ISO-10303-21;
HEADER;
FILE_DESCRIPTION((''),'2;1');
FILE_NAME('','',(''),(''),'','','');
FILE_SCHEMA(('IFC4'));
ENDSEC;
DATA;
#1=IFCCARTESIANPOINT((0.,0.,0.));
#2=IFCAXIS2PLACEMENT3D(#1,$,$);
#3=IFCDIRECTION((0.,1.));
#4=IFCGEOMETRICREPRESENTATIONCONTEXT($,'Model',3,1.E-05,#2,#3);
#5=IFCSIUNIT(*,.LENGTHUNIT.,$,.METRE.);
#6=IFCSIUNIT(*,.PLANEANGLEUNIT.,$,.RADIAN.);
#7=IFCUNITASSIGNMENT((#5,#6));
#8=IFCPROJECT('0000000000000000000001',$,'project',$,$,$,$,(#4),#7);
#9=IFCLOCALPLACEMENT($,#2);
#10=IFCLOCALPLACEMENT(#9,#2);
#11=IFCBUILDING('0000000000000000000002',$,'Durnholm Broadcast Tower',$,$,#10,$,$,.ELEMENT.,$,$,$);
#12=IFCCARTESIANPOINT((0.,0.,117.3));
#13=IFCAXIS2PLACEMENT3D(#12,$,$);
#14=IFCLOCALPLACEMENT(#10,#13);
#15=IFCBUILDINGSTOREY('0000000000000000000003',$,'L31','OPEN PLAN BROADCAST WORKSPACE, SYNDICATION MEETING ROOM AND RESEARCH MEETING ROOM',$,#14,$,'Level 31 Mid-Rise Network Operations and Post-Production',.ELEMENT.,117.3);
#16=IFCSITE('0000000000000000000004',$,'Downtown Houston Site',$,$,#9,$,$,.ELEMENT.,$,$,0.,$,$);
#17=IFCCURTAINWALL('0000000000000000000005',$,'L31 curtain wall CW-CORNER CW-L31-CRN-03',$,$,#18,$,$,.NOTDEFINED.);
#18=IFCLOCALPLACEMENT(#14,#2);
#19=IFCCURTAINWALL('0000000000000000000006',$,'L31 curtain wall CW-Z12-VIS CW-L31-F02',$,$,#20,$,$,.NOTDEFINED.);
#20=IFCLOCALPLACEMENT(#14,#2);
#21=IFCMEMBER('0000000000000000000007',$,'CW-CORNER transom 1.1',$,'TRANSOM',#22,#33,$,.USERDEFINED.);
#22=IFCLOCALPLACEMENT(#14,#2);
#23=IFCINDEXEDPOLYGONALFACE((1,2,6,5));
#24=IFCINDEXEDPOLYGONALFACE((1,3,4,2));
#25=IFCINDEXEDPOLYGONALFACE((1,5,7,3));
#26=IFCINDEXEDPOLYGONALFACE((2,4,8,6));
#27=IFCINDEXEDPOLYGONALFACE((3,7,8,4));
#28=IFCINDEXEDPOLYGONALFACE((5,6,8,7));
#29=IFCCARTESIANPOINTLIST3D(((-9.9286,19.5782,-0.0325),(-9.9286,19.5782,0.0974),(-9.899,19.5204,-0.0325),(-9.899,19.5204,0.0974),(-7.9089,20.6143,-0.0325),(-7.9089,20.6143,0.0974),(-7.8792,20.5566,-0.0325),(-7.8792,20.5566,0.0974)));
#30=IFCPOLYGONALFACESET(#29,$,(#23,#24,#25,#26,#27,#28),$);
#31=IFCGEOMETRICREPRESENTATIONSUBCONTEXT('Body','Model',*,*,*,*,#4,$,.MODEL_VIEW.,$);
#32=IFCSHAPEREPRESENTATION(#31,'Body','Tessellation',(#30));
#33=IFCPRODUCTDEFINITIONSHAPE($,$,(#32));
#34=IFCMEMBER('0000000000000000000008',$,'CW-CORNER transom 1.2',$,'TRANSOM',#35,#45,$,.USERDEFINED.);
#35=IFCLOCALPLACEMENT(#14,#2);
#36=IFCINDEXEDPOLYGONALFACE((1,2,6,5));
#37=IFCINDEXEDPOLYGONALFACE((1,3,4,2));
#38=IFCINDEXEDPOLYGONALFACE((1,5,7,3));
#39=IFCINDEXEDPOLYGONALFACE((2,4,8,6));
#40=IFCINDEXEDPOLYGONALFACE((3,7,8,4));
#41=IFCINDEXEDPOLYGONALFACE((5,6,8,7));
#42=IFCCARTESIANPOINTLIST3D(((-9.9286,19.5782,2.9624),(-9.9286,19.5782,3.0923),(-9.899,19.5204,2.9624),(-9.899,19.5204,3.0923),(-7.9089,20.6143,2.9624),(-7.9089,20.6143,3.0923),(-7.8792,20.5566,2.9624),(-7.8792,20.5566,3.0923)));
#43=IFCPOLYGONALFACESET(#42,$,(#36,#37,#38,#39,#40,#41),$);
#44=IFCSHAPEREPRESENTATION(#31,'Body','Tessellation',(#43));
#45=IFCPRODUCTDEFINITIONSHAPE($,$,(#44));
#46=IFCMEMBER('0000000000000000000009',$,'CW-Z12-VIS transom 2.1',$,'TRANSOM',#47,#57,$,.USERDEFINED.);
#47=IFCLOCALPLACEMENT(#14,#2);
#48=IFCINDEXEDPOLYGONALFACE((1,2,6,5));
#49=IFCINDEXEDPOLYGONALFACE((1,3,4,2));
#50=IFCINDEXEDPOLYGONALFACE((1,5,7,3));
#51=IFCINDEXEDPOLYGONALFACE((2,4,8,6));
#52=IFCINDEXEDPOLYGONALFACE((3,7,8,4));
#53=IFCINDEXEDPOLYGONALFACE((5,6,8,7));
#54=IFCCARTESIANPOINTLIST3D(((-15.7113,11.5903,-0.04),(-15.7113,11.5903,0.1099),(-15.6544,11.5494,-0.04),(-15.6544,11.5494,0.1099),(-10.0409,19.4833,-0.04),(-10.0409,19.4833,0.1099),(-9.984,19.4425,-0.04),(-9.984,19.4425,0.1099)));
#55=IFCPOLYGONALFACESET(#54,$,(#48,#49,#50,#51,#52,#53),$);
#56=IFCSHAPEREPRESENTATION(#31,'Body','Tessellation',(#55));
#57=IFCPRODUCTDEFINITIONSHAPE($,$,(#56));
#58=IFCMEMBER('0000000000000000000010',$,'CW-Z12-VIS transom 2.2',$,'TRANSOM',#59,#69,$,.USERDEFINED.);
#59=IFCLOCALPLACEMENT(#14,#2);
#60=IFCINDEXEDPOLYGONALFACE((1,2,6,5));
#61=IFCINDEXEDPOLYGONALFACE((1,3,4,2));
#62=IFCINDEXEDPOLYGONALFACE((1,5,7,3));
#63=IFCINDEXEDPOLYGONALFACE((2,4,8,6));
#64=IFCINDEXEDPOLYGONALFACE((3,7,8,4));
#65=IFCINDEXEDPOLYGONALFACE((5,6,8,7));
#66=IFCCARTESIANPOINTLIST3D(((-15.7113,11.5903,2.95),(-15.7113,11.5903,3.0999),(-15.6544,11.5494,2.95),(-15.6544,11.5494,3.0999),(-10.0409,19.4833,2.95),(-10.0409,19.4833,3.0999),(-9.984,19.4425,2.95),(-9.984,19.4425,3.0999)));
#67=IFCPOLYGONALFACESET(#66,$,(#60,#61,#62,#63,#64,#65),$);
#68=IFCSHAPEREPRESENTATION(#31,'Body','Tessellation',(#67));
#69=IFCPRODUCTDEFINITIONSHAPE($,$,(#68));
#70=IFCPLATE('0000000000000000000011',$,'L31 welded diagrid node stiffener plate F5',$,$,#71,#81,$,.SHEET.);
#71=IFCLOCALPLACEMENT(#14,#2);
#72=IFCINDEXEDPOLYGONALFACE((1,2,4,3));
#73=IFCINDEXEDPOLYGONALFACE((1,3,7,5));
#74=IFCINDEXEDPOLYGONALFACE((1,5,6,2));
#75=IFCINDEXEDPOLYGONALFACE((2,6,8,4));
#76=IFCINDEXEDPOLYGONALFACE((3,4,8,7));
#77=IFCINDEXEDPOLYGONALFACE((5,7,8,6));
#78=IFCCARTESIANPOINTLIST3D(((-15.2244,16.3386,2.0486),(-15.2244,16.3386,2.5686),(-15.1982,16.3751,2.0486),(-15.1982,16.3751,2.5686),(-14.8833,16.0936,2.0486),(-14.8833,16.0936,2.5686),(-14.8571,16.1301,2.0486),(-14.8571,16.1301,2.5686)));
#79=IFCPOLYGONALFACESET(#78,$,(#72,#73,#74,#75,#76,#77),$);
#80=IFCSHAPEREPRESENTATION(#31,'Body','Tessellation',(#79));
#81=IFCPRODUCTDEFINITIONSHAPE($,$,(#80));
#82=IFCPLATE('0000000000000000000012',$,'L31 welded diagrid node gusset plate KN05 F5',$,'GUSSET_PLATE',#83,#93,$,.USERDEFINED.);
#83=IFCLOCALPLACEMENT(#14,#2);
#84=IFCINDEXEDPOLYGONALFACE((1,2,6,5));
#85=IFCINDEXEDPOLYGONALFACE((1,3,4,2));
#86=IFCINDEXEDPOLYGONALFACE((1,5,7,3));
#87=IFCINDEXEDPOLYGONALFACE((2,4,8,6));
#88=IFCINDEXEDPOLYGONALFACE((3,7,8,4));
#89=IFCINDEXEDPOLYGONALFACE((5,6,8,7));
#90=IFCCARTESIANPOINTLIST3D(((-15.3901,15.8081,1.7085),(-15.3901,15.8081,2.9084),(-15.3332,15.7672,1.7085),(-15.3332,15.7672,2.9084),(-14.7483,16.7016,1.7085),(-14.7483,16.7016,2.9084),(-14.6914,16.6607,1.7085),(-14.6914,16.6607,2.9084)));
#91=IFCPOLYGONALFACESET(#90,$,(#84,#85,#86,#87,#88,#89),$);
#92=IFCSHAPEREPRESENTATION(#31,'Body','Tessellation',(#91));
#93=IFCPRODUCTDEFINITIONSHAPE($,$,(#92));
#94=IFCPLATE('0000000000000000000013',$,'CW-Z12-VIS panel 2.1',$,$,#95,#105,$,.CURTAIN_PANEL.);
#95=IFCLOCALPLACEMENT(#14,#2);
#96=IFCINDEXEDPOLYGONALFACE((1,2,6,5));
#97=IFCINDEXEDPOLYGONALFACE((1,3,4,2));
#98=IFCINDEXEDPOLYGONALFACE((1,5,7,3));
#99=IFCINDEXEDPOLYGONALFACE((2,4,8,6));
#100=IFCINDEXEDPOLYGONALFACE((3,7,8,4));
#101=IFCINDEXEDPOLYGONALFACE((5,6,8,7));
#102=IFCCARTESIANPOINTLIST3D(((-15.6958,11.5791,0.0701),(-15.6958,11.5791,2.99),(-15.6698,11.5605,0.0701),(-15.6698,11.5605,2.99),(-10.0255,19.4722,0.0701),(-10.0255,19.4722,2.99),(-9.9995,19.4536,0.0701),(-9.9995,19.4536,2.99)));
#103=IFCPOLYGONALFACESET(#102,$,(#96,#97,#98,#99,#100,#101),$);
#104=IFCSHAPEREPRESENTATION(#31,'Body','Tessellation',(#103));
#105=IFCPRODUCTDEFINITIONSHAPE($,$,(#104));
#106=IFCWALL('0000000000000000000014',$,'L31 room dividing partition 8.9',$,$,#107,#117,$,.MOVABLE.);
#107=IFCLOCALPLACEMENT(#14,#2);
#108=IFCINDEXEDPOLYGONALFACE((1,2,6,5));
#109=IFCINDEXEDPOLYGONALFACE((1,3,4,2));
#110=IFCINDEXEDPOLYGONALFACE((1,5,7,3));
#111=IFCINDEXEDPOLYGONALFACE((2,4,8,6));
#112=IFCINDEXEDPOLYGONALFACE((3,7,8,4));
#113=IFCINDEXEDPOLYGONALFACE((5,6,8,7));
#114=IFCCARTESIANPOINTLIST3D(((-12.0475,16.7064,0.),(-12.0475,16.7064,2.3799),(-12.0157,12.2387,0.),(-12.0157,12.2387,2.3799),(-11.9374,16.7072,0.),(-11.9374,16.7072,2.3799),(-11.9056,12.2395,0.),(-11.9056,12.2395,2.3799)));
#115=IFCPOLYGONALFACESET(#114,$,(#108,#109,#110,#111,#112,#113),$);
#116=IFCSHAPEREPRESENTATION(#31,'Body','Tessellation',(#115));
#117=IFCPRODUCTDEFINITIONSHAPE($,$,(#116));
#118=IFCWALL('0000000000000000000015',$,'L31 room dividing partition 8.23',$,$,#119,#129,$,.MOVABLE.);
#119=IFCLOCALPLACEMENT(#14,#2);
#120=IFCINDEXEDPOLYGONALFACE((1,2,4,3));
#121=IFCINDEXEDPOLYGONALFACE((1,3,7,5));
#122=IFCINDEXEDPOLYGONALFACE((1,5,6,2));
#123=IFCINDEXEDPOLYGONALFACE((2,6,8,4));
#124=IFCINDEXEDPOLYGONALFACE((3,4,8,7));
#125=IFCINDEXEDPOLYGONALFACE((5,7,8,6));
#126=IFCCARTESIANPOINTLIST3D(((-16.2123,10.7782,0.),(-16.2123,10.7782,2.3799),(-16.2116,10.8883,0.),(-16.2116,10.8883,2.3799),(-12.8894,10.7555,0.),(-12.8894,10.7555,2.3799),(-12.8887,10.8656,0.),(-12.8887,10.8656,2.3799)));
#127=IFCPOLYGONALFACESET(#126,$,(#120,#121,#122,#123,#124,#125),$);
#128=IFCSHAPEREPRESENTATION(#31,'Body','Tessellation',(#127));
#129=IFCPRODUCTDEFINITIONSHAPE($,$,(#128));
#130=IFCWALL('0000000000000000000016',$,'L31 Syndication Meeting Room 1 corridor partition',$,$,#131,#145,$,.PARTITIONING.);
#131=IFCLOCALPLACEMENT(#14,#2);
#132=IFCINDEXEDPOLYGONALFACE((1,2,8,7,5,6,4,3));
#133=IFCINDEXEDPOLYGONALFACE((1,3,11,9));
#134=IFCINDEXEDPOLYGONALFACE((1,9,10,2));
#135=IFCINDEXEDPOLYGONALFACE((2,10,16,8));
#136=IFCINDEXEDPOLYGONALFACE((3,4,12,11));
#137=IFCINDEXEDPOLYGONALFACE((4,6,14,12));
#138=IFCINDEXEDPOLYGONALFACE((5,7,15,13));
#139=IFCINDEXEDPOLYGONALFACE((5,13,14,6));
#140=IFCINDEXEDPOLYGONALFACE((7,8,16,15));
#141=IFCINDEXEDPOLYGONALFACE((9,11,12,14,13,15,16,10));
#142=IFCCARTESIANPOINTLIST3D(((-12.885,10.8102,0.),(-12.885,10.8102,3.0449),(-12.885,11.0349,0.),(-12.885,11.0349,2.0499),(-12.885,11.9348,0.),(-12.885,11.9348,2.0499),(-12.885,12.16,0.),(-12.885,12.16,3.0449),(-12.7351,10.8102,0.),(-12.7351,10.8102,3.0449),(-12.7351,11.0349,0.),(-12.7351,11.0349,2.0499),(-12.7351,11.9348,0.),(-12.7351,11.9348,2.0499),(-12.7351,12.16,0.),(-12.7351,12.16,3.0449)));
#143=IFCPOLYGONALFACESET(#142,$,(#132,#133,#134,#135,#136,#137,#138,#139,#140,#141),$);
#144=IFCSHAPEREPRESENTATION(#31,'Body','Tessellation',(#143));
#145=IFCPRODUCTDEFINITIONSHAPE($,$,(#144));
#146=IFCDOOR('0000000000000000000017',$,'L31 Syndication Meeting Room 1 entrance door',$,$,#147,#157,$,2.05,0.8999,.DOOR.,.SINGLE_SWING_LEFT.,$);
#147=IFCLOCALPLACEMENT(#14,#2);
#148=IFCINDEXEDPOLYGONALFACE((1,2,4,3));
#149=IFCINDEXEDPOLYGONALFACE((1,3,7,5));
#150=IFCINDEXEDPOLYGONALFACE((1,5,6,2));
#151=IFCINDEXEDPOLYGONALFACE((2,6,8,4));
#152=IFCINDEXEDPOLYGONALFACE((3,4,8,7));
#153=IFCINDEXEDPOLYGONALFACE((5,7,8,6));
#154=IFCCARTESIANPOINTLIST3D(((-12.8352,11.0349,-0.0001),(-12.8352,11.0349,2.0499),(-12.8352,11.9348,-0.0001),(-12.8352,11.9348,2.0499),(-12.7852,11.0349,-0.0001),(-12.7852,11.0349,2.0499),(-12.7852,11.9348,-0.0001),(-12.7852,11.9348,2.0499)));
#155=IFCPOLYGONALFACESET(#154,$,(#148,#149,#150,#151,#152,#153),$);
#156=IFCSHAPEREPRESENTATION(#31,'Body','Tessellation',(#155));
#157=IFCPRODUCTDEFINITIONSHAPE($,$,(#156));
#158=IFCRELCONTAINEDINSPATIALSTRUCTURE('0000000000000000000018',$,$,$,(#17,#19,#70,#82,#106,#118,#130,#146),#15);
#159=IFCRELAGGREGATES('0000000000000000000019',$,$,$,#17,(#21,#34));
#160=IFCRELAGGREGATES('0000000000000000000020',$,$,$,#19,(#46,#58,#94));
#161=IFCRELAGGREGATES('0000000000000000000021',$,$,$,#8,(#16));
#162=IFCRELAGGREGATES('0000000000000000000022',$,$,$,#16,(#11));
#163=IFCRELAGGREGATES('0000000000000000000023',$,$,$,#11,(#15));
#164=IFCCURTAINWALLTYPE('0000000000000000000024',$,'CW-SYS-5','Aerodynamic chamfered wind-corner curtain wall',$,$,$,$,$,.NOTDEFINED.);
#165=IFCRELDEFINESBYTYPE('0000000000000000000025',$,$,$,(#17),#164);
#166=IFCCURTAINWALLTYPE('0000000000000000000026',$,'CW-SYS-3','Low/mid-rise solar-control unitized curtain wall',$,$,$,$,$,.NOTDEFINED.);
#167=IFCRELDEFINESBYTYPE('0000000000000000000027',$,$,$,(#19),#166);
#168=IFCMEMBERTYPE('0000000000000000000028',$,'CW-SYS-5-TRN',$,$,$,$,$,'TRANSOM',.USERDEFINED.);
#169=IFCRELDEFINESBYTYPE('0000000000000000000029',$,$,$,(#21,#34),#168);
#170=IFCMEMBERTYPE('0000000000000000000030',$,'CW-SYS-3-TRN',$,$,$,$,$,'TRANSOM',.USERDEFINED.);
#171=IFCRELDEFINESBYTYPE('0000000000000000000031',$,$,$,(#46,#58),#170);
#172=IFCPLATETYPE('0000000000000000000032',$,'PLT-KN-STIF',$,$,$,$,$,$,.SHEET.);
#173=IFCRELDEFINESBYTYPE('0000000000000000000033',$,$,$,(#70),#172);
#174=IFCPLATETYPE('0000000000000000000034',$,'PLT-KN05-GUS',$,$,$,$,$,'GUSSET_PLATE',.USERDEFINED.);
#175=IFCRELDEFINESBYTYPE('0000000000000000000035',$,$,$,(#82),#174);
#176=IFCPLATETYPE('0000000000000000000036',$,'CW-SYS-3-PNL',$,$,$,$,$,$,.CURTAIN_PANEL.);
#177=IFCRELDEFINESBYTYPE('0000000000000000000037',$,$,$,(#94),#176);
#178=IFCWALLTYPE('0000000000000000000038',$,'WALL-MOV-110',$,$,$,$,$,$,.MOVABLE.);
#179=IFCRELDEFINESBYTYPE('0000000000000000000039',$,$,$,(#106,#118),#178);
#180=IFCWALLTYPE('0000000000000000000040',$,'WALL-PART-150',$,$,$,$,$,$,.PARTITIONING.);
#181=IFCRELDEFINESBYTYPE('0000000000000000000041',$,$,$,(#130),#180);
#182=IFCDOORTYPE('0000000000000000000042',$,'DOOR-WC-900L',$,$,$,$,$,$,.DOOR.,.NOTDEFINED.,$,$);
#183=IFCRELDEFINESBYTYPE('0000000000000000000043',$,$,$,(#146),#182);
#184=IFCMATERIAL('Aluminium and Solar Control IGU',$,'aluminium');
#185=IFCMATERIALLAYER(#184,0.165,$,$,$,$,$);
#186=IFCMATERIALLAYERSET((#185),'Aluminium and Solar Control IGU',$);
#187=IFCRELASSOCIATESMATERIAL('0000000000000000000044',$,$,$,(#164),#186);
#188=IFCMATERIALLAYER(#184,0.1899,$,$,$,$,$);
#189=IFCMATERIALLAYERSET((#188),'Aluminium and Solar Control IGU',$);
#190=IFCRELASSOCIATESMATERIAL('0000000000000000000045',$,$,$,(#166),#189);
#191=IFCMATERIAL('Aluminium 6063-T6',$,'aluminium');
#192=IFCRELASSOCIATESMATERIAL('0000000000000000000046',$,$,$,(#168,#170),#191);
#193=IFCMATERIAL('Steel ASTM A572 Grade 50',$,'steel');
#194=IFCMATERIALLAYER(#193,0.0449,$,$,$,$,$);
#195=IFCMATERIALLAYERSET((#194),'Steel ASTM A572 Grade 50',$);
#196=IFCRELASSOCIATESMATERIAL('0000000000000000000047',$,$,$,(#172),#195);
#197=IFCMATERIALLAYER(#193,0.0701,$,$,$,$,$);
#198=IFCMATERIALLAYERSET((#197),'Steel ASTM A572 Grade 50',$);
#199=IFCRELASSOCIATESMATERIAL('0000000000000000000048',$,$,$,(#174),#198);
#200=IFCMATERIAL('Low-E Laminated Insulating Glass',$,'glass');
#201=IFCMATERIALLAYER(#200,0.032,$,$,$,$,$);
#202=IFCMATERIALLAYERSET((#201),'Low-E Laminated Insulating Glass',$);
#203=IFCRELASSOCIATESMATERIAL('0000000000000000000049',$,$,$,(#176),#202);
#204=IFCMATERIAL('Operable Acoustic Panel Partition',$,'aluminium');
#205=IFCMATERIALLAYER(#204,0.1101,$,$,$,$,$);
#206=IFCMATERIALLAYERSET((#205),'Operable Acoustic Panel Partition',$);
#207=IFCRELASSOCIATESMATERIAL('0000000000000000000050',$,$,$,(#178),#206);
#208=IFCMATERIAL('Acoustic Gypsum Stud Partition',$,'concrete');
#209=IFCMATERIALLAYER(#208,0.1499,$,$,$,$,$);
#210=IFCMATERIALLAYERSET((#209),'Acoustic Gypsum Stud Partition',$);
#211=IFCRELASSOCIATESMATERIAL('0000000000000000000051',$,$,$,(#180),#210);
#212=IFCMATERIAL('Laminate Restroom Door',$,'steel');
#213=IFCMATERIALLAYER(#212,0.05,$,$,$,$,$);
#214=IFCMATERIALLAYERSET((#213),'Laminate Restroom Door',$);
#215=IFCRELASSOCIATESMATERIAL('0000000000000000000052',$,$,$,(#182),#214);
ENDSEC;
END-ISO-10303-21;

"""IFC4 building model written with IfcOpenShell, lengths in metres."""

from ifc_helpers import new_model, si_unit, direction, frame, frame_2d, origin, origin_2d, place, context, subcontext, project, spatial, rectangle, extrude, source, transform, mapped, material, layer, layer_set, material_profile, profile_set, type_object, type_shapes, element, fill, aggregate, save


model = new_model("IFC4")

# Units and contexts
model_context = context("Model", 3, precision=1e-05, world=origin(), true_north=direction((0.0, 1.0)))
body_context = subcontext(model_context, "Body", "Model", "MODEL_VIEW")
ifc_project = project(units=[si_unit("LENGTHUNIT", "METRE"), si_unit("PLANEANGLEUNIT", "RADIAN")], contexts=[model_context])

# Site, building, storey
site_placement = place(None, origin())
site = spatial("IfcSite", under=ifc_project, at=site_placement, Name="Downtown Houston Site", CompositionType="ELEMENT", RefElevation=0.0)
building_placement = place(site_placement, origin())
building = spatial("IfcBuilding", under=site, at=building_placement, Name="Durnholm Broadcast Tower", CompositionType="ELEMENT")
storey_placement = place(building_placement, frame((0.0, 0.0, 117.3)))
storey = spatial("IfcBuildingStorey", under=building, at=storey_placement, Name="L31", Description="OPEN PLAN BROADCAST WORKSPACE, SYNDICATION MEETING ROOM AND RESEARCH MEETING ROOM", LongName="Level 31 Mid-Rise Network Operations and Post-Production", CompositionType="ELEMENT", Elevation=117.3)

# Curtain wall
ifc_material_1 = material(Name="Aluminium and Solar Control IGU", Category="aluminium")
ifc_layer_1 = layer(ifc_material_1, 0.165)
ifc_layer_set_1 = layer_set([ifc_layer_1], Name="Aluminium and Solar Control IGU")
curtain_wall_type_1 = type_object("IfcCurtainWallType", Name="CW-SYS-5", Description="Aerodynamic chamfered wind-corner curtain wall", PredefinedType="NOTDEFINED", material=ifc_layer_set_1)
curtain_wall_1_placement = place(storey_placement, origin())
curtain_wall_1 = element("IfcCurtainWall", 1, at=curtain_wall_1_placement, inside=storey, type_object=curtain_wall_type_1, Name="L31 curtain wall CW-CORNER CW-L31-CRN-03", PredefinedType="NOTDEFINED")
ifc_material_2 = material(Name="Aluminium 6063-T6", Category="aluminium")

# Curtain wall
ifc_layer_2 = layer(ifc_material_1, 0.1899)
ifc_layer_set_2 = layer_set([ifc_layer_2], Name="Aluminium and Solar Control IGU")
curtain_wall_type_2 = type_object("IfcCurtainWallType", Name="CW-SYS-3", Description="Low/mid-rise solar-control unitized curtain wall", PredefinedType="NOTDEFINED", material=ifc_layer_set_2)
curtain_wall_2_placement = place(storey_placement, origin())
curtain_wall_2 = element("IfcCurtainWall", 2, at=curtain_wall_2_placement, inside=storey, type_object=curtain_wall_type_2, Name="L31 curtain wall CW-Z12-VIS CW-L31-F02", PredefinedType="NOTDEFINED")

# Members
ifc_material_profile_1 = material_profile(ifc_material_2, rectangle(XDim=0.0649, YDim=0.1299, at=origin_2d()), Name="CWT65X130")
ifc_profile_set_1 = profile_set([ifc_material_profile_1], Name="Aluminium 6063-T6")
member_type_1 = type_object("IfcMemberType", Name="CW-SYS-5-TRN", ElementType="TRANSOM", PredefinedType="USERDEFINED", material=ifc_profile_set_1)
shared_shape_1 = source(origin(), body_context, "Body", "SweptSolid", [
    extrude(rectangle(XDim=0.0649, YDim=0.1299, at=origin_2d()), origin(), (0.0, 0.0, 1.0), 2.27),
])
type_shapes(member_type_1, [shared_shape_1])
member_1_placement = place(storey_placement, frame((-9.9138, 19.5493, 0.0325), z_axis=(0.889755, 0.456439, 0.0), x_axis=(-0.456439, 0.889755, 0.0)))
member_1 = element("IfcMember", 3, at=member_1_placement, type_object=member_type_1, Name="CW-CORNER transom 1.1", ObjectType="TRANSOM", PredefinedType="USERDEFINED", context=body_context, shape_type="MappedRepresentation", body=[
    mapped(shared_shape_1, transform((0.0, 0.0, 0.0), x_axis=(1.0, 0.0, 0.0), y_axis=(0.0, 1.0, 0.0), z_axis=(0.0, 0.0, 1.0), scale=1.0)),
])
member_2_placement = place(storey_placement, frame((-9.9138, 19.5493, 3.0273), z_axis=(0.889755, 0.456439, 0.0), x_axis=(-0.456439, 0.889755, 0.0)))
member_2 = element("IfcMember", 4, at=member_2_placement, type_object=member_type_1, Name="CW-CORNER transom 1.2", ObjectType="TRANSOM", PredefinedType="USERDEFINED", context=body_context, shape_type="MappedRepresentation", body=[
    mapped(shared_shape_1, transform((0.0, 0.0, 0.0), x_axis=(1.0, 0.0, 0.0), y_axis=(0.0, 1.0, 0.0), z_axis=(0.0, 0.0, 1.0), scale=1.0)),
])
aggregate(curtain_wall_1, [member_1, member_2])
ifc_material_profile_2 = material_profile(ifc_material_2, rectangle(XDim=0.0701, YDim=0.1499, at=origin_2d()), Name="CWT70X150")
ifc_profile_set_2 = profile_set([ifc_material_profile_2], Name="Aluminium 6063-T6")
member_type_2 = type_object("IfcMemberType", Name="CW-SYS-3-TRN", ElementType="TRANSOM", PredefinedType="USERDEFINED", material=ifc_profile_set_2)
shared_shape_2 = source(origin(), body_context, "Body", "SweptSolid", [
    extrude(rectangle(XDim=0.0701, YDim=0.1499, at=origin_2d()), origin(), (0.0, 0.0, 1.0), 9.7188),
])
type_shapes(member_type_2, [shared_shape_2])
member_3_placement = place(storey_placement, frame((-15.6829, 11.5698, 0.0349), z_axis=(0.583451, 0.812149, 0.0), x_axis=(-0.812149, 0.583451, 0.0)))
member_3 = element("IfcMember", 5, at=member_3_placement, type_object=member_type_2, Name="CW-Z12-VIS transom 2.1", ObjectType="TRANSOM", PredefinedType="USERDEFINED", context=body_context, shape_type="MappedRepresentation", body=[
    mapped(shared_shape_2, transform((0.0, 0.0, 0.0), x_axis=(1.0, 0.0, 0.0), y_axis=(0.0, 1.0, 0.0), z_axis=(0.0, 0.0, 1.0), scale=1.0)),
])
member_4_placement = place(storey_placement, frame((-15.6829, 11.5698, 3.0249), z_axis=(0.583451, 0.812149, 0.0), x_axis=(-0.812149, 0.583451, 0.0)))
member_4 = element("IfcMember", 6, at=member_4_placement, type_object=member_type_2, Name="CW-Z12-VIS transom 2.2", ObjectType="TRANSOM", PredefinedType="USERDEFINED", context=body_context, shape_type="MappedRepresentation", body=[
    mapped(shared_shape_2, transform((0.0, 0.0, 0.0), x_axis=(1.0, 0.0, 0.0), y_axis=(0.0, 1.0, 0.0), z_axis=(0.0, 0.0, 1.0), scale=1.0)),
])

# Plates
ifc_material_3 = material(Name="Steel ASTM A572 Grade 50", Category="steel")
ifc_layer_3 = layer(ifc_material_3, 0.0449)
ifc_layer_set_3 = layer_set([ifc_layer_3], Name="Steel ASTM A572 Grade 50")
plate_type_1 = type_object("IfcPlateType", Name="PLT-KN-STIF", PredefinedType="SHEET", material=ifc_layer_set_3)
shared_shape_3 = source(origin(), body_context, "Body", "SweptSolid", [
    extrude(rectangle(XDim=0.0449, YDim=0.4199, at=origin_2d()), origin(), (0.0, 0.0, 1.0), 0.52),
])
type_shapes(plate_type_1, [shared_shape_3])
plate_1_placement = place(storey_placement, frame((-15.0408, 16.2344, 2.0486), z_axis=(0.0, 0.0, 1.0), x_axis=(-0.583399, -0.812185, 0.0)))
element("IfcPlate", 7, at=plate_1_placement, inside=storey, type_object=plate_type_1, Name="L31 welded diagrid node stiffener plate F5", PredefinedType="SHEET", context=body_context, shape_type="MappedRepresentation", body=[
    mapped(shared_shape_3, transform((0.0, 0.0, 0.0), x_axis=(1.0, 0.0, 0.0), y_axis=(0.0, 1.0, 0.0), z_axis=(0.0, 0.0, 1.0), scale=1.0)),
])
ifc_layer_4 = layer(ifc_material_3, 0.0701)
ifc_layer_set_4 = layer_set([ifc_layer_4], Name="Steel ASTM A572 Grade 50")
plate_type_2 = type_object("IfcPlateType", Name="PLT-KN05-GUS", ElementType="GUSSET_PLATE", PredefinedType="USERDEFINED", material=ifc_layer_set_4)
shared_shape_4 = source(origin(), body_context, "Body", "SweptSolid", [
    extrude(rectangle(XDim=1.1001, YDim=0.0701, at=origin_2d()), origin(), (0.0, 0.0, 1.0), 1.2),
])
type_shapes(plate_type_2, [shared_shape_4])
plate_2_placement = place(storey_placement, frame((-15.0408, 16.2344, 1.7085), z_axis=(0.0, 0.0, 1.0), x_axis=(-0.583399, -0.812185, 0.0)))
element("IfcPlate", 8, at=plate_2_placement, inside=storey, type_object=plate_type_2, Name="L31 welded diagrid node gusset plate KN05 F5", ObjectType="GUSSET_PLATE", PredefinedType="USERDEFINED", context=body_context, shape_type="MappedRepresentation", body=[
    mapped(shared_shape_4, transform((0.0, 0.0, 0.0), x_axis=(1.0, 0.0, 0.0), y_axis=(0.0, 1.0, 0.0), z_axis=(0.0, 0.0, 1.0), scale=1.0)),
])

# Plate
ifc_material_4 = material(Name="Low-E Laminated Insulating Glass", Category="glass")
ifc_layer_5 = layer(ifc_material_4, 0.032)
ifc_layer_set_5 = layer_set([ifc_layer_5], Name="Low-E Laminated Insulating Glass")
plate_type_3 = type_object("IfcPlateType", Name="CW-SYS-3-PNL", PredefinedType="CURTAIN_PANEL", material=ifc_layer_set_5)
shared_shape_5 = source(origin(), body_context, "Body", "SweptSolid", [
    extrude(rectangle(XDim=9.7188, YDim=0.032, at=origin_2d()), origin(), (0.0, 0.0, 1.0), 2.9199),
])
type_shapes(plate_type_3, [shared_shape_5])
plate_3_placement = place(storey_placement, frame((-12.8477, 15.5164, 0.0701), z_axis=(0.0, 0.0, 1.0), x_axis=(0.583445, 0.812152, 0.0)))
plate_3 = element("IfcPlate", 9, at=plate_3_placement, type_object=plate_type_3, Name="CW-Z12-VIS panel 2.1", PredefinedType="CURTAIN_PANEL", context=body_context, shape_type="MappedRepresentation", body=[
    mapped(shared_shape_5, transform((0.0, 0.0, 0.0), x_axis=(1.0, 0.0, 0.0), y_axis=(0.0, 1.0, 0.0), z_axis=(0.0, 0.0, 1.0), scale=1.0)),
])
aggregate(curtain_wall_2, [member_3, member_4, plate_3])

# Walls
ifc_material_5 = material(Name="Operable Acoustic Panel Partition", Category="aluminium")
ifc_layer_6 = layer(ifc_material_5, 0.1101)
ifc_layer_set_6 = layer_set([ifc_layer_6], Name="Operable Acoustic Panel Partition")
wall_type_1 = type_object("IfcWallType", Name="WALL-MOV-110", PredefinedType="MOVABLE", material=ifc_layer_set_6)
wall_1_placement = place(storey_placement, frame((-11.9924, 16.7068, 0.0), z_axis=(0.0, 0.0, 1.0), x_axis=(0.007104, -0.999975, 0.0)))
element("IfcWall", 10, at=wall_1_placement, inside=storey, type_object=wall_type_1, Name="L31 room dividing partition 8.9", PredefinedType="MOVABLE", context=body_context, shape_type="SweptSolid", body=[
    extrude(rectangle(XDim=4.4678, YDim=0.1101, at=frame_2d((2.2339, 0.0))), origin(), (0.0, 0.0, 1.0), 2.3799),
])
wall_2_placement = place(storey_placement, frame((-12.8889, 10.8105, 0.0), z_axis=(0.0, 0.0, 1.0), x_axis=(-0.999977, 0.006833, 0.0)))
element("IfcWall", 11, at=wall_2_placement, inside=storey, type_object=wall_type_1, Name="L31 room dividing partition 8.23", PredefinedType="MOVABLE", context=body_context, shape_type="SweptSolid", body=[
    extrude(rectangle(XDim=3.323, YDim=0.1101, at=frame_2d((1.6616, 0.0))), origin(), (0.0, 0.0, 1.0), 2.3799),
])

# Wall, opening, door
ifc_material_6 = material(Name="Acoustic Gypsum Stud Partition", Category="concrete")
ifc_layer_7 = layer(ifc_material_6, 0.1499)
ifc_layer_set_7 = layer_set([ifc_layer_7], Name="Acoustic Gypsum Stud Partition")
wall_type_2 = type_object("IfcWallType", Name="WALL-PART-150", PredefinedType="PARTITIONING", material=ifc_layer_set_7)
wall_3_placement = place(storey_placement, frame((-12.8101, 12.1599, 0.0), z_axis=(0.0, 0.0, 1.0), x_axis=(0.0, -1.0, 0.0)))
wall_3 = element("IfcWall", 12, at=wall_3_placement, inside=storey, type_object=wall_type_2, Name="L31 Syndication Meeting Room 1 corridor partition", PredefinedType="PARTITIONING", context=body_context, shape_type="SweptSolid", body=[
    extrude(rectangle(XDim=1.3499, YDim=0.1499, at=frame_2d((0.6748, 0.0))), origin(), (0.0, 0.0, 1.0), 3.0449),
])
opening_1_placement = place(wall_3_placement, frame((0.2251, 0.0, 0.0)))
opening_1 = element("IfcOpeningElement", 13, at=opening_1_placement, cuts=wall_3, PredefinedType="OPENING", context=body_context, shape_type="SweptSolid", body=[
    extrude(rectangle(XDim=0.8999, YDim=2.05, at=frame_2d((0.45, 1.0249))), frame((0.0, 0.085, 0.0), z_axis=(0.0, -1.0, 0.0), x_axis=(1.0, 0.0, 0.0)), (0.0, 0.0, 1.0), 0.1699),
])
ifc_material_7 = material(Name="Laminate Restroom Door", Category="steel")
ifc_layer_8 = layer(ifc_material_7, 0.05)
ifc_layer_set_8 = layer_set([ifc_layer_8], Name="Laminate Restroom Door")
door_type_1 = type_object("IfcDoorType", Name="DOOR-WC-900L", OperationType="NOTDEFINED", PredefinedType="DOOR", material=ifc_layer_set_8)
shared_shape_6 = source(origin(), body_context, "Body", "SweptSolid", [
    extrude(rectangle(XDim=0.8999, YDim=2.05, at=frame_2d((0.45, 1.0249))), frame((0.0, 0.0249, 0.0), z_axis=(0.0, -1.0, 0.0), x_axis=(1.0, 0.0, 0.0)), (0.0, 0.0, 1.0), 0.05),
])
type_shapes(door_type_1, [shared_shape_6])
door_1_placement = place(opening_1_placement, origin())
door_1 = element("IfcDoor", 14, at=door_1_placement, inside=storey, type_object=door_type_1, Name="L31 Syndication Meeting Room 1 entrance door", OperationType="SINGLE_SWING_LEFT", OverallHeight=2.05, OverallWidth=0.8999, PredefinedType="DOOR", context=body_context, shape_type="MappedRepresentation", body=[
    mapped(shared_shape_6, transform((0.0, 0.0, 0.0), x_axis=(1.0, 0.0, 0.0), y_axis=(0.0, 1.0, 0.0), z_axis=(0.0, 0.0, 1.0), scale=1.0)),
])
fill(opening_1, door_1)

save(model, "model.ifc")
